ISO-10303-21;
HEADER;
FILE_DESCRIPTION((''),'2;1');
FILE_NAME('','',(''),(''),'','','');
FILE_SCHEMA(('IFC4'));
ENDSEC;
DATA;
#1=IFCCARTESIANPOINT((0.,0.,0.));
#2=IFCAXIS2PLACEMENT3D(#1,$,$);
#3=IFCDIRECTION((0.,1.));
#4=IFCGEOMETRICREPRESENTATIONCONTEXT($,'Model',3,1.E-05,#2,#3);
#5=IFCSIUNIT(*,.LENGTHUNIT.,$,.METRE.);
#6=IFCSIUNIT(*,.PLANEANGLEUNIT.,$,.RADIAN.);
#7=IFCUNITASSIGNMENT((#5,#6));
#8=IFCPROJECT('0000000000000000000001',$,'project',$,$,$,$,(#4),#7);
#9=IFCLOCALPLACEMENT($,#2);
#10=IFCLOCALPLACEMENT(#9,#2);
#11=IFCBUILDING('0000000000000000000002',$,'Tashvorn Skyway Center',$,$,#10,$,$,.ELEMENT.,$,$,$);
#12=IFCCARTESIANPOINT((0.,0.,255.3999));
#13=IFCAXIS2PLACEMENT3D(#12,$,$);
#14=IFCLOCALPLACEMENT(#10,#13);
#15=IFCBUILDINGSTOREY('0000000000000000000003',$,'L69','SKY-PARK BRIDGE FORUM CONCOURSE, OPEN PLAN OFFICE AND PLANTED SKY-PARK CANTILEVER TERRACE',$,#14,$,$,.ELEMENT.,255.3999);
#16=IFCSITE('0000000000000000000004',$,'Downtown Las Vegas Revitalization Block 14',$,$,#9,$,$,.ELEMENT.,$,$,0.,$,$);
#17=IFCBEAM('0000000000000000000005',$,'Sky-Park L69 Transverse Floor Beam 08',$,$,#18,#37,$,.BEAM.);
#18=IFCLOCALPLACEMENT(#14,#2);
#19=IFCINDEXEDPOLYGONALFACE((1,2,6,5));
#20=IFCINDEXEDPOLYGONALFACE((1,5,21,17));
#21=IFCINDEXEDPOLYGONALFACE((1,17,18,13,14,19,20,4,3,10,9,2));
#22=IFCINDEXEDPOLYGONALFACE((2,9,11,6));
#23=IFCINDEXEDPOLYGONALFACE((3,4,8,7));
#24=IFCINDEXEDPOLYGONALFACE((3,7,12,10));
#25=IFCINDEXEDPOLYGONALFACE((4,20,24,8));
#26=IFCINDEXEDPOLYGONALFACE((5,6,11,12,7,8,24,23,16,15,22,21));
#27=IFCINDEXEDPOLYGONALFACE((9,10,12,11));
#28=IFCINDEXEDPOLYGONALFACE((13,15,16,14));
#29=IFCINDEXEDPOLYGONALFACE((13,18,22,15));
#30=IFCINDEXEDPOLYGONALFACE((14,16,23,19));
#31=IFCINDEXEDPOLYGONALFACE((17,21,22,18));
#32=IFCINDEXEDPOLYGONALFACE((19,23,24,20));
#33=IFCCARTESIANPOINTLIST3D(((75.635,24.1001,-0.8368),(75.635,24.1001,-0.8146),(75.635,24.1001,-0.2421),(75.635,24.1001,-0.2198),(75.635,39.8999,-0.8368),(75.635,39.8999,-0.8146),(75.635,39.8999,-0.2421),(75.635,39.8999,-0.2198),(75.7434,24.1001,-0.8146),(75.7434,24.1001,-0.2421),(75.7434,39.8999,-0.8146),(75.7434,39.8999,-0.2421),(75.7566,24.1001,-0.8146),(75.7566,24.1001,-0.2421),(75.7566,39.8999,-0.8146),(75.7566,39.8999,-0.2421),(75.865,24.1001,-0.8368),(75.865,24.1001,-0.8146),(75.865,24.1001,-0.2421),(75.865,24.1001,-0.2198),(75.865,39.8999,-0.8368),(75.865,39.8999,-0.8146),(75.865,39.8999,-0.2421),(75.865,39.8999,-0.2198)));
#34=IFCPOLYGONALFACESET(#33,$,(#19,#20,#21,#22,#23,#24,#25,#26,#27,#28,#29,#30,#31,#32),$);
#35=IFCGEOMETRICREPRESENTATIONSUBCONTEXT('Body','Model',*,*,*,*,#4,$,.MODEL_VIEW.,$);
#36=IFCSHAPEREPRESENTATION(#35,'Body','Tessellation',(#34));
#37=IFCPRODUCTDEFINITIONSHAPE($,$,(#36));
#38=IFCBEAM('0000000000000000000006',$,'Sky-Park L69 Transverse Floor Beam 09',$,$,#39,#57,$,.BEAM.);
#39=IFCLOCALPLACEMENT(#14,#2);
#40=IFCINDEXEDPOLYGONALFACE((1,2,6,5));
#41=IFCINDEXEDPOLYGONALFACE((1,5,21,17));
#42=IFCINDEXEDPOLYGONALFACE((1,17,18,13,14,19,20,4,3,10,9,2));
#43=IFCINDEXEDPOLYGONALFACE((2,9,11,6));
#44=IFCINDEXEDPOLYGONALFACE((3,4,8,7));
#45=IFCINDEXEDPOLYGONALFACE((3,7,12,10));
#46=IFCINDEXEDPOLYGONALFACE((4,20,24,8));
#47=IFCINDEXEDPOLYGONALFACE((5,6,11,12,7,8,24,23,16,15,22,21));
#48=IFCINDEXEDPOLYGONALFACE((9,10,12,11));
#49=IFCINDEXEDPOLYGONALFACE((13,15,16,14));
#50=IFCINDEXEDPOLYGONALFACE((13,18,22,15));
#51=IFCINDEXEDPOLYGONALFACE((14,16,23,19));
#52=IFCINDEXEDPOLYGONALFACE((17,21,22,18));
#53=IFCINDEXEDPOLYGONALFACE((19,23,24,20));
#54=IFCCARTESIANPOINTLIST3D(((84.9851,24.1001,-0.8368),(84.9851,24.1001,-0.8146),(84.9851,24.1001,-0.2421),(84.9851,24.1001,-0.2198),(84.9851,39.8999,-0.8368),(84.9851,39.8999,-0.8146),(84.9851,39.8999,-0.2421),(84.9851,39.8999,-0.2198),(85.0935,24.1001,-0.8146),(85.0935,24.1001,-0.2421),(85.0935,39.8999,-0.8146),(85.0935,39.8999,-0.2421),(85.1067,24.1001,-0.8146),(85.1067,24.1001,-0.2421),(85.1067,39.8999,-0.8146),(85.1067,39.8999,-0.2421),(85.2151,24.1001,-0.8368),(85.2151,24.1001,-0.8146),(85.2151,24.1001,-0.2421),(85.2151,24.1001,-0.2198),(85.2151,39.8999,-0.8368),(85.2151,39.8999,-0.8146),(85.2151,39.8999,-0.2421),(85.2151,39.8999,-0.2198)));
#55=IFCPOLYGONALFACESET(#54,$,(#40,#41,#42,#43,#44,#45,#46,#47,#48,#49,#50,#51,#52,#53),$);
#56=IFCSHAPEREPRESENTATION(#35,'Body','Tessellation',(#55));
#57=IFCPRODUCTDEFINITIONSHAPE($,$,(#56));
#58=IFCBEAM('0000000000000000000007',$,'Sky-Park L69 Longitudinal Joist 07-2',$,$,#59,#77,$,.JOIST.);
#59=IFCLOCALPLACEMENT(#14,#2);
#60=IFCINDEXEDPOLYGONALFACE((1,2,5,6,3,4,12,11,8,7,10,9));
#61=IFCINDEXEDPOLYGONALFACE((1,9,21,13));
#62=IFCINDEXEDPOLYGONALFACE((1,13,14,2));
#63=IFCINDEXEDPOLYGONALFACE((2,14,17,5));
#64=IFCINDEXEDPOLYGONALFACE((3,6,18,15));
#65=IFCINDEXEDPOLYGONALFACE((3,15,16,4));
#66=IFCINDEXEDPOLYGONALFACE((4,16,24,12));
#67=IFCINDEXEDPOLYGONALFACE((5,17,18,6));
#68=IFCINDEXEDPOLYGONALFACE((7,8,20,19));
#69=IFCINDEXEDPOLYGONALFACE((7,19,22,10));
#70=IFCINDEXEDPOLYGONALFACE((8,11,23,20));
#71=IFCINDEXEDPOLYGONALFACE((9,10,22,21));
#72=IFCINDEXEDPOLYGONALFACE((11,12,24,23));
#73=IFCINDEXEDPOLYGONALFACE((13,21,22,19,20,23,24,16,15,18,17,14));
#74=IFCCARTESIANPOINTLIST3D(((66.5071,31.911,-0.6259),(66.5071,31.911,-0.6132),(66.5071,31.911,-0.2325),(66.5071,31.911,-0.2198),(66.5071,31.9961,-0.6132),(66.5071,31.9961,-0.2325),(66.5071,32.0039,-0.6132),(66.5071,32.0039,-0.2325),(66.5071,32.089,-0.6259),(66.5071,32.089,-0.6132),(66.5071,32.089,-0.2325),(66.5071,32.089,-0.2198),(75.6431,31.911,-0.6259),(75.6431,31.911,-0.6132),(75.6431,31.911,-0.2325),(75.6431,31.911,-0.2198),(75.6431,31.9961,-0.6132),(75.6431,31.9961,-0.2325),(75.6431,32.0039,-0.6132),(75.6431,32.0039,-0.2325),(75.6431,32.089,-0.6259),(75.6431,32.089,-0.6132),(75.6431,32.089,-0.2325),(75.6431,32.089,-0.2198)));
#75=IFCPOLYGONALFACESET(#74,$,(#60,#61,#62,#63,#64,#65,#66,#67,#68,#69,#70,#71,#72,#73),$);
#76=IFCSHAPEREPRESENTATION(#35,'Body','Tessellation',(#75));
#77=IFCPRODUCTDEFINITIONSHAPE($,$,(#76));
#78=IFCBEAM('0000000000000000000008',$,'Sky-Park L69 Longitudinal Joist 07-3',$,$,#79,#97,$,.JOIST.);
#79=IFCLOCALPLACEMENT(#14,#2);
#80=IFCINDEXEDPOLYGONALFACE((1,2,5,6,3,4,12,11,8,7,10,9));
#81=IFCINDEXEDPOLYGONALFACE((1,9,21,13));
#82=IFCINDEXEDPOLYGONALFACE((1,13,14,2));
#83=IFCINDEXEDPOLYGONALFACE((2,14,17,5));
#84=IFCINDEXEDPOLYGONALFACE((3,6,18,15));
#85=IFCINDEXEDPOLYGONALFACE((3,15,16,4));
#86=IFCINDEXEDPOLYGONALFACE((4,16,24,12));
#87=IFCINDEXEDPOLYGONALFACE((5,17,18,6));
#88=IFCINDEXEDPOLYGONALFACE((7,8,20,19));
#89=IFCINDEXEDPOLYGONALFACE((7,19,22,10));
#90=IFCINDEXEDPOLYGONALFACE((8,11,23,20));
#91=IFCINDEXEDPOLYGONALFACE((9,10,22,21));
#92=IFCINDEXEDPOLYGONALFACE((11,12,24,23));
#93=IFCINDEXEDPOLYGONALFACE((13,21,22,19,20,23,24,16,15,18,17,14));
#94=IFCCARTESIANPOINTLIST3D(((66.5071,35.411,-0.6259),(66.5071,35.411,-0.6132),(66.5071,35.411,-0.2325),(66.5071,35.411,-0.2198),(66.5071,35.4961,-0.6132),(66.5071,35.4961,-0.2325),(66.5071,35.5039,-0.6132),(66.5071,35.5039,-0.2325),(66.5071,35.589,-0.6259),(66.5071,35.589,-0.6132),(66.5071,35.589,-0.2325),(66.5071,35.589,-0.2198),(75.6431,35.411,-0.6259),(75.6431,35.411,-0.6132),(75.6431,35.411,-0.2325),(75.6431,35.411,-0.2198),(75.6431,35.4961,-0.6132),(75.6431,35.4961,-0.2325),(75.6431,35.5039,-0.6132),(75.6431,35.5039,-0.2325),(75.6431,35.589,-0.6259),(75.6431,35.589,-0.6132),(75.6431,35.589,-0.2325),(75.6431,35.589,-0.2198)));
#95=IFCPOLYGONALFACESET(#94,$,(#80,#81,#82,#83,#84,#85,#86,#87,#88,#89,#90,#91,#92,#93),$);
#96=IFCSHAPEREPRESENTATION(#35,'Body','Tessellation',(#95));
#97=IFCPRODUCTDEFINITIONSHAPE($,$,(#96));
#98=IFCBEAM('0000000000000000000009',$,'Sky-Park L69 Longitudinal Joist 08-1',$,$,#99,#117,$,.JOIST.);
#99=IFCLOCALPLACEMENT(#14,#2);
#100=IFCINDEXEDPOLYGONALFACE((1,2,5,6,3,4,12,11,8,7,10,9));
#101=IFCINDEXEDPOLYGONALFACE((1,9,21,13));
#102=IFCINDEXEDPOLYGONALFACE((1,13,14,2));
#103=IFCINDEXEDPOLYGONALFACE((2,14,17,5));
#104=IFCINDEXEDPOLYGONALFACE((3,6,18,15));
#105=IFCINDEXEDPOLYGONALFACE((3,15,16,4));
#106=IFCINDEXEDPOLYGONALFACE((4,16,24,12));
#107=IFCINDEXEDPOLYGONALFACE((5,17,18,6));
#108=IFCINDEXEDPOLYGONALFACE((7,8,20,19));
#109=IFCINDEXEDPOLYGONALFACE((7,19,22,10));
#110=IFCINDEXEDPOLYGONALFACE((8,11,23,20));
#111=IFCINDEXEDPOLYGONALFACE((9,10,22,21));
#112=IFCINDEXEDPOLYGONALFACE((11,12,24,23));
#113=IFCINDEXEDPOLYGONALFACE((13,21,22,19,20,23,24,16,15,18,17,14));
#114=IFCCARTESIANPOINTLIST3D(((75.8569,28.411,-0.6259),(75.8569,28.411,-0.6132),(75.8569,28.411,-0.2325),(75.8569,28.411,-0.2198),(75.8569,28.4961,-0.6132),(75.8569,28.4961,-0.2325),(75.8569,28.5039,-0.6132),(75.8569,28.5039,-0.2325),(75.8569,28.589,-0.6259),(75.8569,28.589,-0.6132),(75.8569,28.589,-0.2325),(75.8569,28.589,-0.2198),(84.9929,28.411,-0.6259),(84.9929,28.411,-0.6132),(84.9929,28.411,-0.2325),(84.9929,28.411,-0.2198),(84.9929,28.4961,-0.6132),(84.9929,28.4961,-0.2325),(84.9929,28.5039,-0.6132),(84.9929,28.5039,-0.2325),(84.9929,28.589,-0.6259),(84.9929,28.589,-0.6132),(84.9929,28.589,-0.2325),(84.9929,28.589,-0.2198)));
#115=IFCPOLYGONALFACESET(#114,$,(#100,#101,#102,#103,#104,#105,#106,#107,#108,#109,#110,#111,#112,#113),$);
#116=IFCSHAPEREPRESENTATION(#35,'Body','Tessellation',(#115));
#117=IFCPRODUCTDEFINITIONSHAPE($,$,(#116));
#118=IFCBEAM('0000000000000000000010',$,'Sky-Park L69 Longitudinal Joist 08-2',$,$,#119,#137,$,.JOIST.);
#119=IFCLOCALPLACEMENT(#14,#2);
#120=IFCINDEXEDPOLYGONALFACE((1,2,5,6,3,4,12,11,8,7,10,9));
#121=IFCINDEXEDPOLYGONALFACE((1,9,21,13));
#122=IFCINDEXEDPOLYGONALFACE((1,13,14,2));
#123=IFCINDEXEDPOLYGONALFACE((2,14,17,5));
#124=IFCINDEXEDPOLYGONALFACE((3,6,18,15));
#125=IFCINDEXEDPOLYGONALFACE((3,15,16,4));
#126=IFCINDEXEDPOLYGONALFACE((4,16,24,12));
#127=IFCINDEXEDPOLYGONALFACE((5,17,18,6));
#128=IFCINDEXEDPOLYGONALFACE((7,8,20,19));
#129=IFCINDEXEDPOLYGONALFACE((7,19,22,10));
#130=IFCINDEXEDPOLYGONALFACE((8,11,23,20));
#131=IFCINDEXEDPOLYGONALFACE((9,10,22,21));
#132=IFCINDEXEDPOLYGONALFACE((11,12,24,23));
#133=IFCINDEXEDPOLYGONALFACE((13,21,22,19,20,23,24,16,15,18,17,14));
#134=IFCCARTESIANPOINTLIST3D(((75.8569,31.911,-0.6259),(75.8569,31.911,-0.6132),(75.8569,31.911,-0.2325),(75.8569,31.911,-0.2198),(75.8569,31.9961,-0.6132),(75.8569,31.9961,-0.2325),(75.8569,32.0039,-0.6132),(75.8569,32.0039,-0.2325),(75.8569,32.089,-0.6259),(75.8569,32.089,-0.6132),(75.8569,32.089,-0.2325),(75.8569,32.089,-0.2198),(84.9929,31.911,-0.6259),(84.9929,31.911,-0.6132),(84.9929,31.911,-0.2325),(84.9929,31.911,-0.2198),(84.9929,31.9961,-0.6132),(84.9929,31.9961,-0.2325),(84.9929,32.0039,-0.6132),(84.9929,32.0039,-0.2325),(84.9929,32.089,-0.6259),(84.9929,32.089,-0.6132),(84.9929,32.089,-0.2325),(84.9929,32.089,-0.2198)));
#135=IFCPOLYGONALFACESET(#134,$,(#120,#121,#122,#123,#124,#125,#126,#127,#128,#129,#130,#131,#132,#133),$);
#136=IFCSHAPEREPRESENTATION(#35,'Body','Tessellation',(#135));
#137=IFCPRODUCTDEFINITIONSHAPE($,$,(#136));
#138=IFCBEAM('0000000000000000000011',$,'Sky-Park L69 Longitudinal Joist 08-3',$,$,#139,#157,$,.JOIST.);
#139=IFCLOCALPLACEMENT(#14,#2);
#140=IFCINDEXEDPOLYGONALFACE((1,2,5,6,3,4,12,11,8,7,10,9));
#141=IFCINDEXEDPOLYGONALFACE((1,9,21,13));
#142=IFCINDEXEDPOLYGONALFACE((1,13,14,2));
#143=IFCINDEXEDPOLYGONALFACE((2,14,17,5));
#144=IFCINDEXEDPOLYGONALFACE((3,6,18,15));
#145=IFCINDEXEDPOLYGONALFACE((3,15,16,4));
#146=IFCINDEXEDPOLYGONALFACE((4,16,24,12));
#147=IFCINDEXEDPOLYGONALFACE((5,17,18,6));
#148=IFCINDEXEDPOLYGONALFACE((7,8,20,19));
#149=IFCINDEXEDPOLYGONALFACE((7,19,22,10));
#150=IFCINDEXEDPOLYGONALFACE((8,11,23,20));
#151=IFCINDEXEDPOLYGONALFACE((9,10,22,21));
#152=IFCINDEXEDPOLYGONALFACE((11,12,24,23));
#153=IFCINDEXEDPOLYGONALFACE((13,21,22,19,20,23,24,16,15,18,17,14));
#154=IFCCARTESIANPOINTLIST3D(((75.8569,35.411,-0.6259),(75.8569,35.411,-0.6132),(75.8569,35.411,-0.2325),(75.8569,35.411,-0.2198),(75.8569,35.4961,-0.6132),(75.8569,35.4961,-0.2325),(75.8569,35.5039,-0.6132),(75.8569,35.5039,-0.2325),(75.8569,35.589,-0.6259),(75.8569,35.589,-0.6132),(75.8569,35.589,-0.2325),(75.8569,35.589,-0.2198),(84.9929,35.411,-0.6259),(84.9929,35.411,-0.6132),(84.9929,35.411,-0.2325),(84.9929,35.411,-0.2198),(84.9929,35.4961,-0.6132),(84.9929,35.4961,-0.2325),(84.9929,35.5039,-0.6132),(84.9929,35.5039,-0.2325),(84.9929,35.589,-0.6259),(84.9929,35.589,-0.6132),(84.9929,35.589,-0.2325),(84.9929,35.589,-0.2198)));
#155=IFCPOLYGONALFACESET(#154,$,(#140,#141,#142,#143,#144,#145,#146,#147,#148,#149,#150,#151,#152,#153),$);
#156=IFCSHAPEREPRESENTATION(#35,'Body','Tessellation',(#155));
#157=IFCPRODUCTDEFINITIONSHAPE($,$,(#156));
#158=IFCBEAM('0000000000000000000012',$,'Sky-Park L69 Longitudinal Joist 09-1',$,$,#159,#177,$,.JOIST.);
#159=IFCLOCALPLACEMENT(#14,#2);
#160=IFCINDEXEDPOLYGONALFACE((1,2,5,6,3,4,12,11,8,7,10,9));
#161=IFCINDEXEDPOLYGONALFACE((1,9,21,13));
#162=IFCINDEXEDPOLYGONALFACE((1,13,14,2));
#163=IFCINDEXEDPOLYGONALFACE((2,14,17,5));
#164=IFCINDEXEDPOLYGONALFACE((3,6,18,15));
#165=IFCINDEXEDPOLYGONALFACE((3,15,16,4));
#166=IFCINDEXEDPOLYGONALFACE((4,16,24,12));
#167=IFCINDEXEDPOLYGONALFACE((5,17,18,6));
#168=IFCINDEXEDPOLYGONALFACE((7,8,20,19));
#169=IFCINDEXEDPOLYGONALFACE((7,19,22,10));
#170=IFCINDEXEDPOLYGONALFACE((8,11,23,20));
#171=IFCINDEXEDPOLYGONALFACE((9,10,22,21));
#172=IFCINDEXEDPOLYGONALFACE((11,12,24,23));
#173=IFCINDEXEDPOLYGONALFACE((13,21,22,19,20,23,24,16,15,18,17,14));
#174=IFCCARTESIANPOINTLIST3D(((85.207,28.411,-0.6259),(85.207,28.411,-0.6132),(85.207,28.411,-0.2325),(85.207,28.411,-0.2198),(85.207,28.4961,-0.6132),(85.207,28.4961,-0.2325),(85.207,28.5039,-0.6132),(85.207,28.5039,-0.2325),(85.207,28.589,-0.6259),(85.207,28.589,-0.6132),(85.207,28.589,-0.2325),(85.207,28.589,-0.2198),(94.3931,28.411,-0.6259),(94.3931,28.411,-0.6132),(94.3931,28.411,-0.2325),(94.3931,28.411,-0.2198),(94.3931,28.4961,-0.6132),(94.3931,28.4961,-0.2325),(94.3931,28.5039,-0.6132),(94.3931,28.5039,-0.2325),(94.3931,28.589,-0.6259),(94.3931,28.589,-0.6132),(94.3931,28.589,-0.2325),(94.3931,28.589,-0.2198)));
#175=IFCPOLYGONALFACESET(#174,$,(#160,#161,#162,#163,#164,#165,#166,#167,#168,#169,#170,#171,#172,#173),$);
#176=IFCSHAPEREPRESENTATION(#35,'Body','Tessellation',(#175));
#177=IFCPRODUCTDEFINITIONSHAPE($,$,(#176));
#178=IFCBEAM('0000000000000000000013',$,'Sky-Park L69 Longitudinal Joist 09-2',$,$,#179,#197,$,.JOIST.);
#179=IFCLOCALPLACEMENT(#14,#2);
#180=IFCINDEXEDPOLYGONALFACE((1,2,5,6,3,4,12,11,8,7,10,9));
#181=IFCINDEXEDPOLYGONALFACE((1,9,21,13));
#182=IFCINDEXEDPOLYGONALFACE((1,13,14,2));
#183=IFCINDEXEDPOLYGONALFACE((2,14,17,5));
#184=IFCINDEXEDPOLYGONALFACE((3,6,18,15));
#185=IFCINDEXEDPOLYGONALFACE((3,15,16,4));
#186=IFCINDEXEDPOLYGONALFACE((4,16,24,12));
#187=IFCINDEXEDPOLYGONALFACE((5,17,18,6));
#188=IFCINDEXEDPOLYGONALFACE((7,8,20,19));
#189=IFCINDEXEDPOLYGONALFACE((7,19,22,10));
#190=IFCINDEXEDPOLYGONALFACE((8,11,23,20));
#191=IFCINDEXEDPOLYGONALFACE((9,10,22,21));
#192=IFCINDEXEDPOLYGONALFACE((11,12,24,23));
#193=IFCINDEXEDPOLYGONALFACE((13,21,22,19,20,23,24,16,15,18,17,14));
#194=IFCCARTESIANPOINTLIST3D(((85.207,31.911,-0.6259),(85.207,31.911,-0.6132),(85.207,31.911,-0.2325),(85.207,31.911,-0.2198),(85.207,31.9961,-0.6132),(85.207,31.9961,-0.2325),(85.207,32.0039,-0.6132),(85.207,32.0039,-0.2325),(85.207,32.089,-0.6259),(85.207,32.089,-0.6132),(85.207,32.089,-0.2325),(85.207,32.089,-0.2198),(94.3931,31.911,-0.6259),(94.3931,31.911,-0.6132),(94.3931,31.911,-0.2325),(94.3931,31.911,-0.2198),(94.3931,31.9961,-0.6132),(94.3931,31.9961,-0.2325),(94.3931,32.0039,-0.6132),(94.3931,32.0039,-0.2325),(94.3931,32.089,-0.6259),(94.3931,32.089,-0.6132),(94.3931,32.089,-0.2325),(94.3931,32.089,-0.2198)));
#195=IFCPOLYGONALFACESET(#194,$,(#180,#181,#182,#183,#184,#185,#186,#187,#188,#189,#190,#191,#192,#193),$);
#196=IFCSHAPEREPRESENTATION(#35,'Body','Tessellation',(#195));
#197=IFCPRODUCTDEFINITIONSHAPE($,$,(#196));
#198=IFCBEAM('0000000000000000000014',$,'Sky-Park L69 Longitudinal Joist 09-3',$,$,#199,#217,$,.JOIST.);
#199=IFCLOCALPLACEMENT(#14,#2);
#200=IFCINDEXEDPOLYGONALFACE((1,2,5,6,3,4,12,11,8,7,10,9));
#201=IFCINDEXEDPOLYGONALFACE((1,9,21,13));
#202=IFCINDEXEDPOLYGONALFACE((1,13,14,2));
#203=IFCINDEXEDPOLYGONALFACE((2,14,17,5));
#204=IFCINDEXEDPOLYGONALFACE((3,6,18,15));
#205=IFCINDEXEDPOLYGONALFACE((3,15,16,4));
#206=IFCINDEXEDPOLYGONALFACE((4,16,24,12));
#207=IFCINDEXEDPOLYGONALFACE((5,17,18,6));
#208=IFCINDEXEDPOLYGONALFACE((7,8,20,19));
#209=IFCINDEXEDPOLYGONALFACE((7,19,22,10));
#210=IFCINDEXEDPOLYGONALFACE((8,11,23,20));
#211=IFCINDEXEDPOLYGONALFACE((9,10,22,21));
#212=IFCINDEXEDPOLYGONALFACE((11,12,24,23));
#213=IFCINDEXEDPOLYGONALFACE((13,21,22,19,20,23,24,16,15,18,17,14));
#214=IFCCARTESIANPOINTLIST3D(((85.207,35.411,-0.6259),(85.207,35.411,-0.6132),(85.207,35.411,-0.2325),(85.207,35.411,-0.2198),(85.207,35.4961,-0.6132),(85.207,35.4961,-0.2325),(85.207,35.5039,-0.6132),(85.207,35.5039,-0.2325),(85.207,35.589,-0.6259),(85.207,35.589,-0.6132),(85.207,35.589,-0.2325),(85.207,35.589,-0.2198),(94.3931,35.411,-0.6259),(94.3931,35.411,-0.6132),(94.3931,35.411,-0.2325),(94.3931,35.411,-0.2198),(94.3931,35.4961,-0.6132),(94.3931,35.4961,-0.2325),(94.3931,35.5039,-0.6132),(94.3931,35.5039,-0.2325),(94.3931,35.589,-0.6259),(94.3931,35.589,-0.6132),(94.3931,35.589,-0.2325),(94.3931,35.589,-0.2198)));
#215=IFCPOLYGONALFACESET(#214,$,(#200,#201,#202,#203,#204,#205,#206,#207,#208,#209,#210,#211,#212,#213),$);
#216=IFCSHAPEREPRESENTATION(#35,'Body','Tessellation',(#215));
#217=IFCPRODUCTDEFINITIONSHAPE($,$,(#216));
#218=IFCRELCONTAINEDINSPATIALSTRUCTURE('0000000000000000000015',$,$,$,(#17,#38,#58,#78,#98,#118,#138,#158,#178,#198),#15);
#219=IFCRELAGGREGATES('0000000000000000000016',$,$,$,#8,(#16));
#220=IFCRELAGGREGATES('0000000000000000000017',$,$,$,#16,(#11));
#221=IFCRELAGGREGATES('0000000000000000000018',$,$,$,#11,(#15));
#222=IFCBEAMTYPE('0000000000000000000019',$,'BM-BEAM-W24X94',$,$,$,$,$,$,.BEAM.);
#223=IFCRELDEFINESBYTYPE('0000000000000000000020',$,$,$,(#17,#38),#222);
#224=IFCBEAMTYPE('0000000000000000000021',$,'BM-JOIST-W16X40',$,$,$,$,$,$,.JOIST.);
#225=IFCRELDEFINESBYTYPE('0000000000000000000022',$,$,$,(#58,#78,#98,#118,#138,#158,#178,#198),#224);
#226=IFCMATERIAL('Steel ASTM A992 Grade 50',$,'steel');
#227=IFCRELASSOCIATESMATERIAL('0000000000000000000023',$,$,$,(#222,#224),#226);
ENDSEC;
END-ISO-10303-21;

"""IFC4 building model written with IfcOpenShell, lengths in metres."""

from ifc_helpers import new_model, si_unit, direction, frame, origin, origin_2d, place, context, subcontext, project, spatial, i_section, extrude, material, material_profile, profile_set, type_object, element, save


model = new_model("IFC4")

# Units and contexts
model_context = context("Model", 3, precision=1e-05, world=origin(), true_north=direction((0.0, 1.0)))
body_context = subcontext(model_context, "Body", "Model", "MODEL_VIEW")
ifc_project = project(units=[si_unit("LENGTHUNIT", "METRE"), si_unit("PLANEANGLEUNIT", "RADIAN")], contexts=[model_context])

# Site, building, storey
site_placement = place(None, origin())
site = spatial("IfcSite", under=ifc_project, at=site_placement, Name="Downtown Las Vegas Revitalization Block 14", CompositionType="ELEMENT", RefElevation=0.0)
building_placement = place(site_placement, origin())
building = spatial("IfcBuilding", under=site, at=building_placement, Name="Tashvorn Skyway Center", CompositionType="ELEMENT")
storey_placement = place(building_placement, frame((0.0, 0.0, 255.3999)))
storey = spatial("IfcBuildingStorey", under=building, at=storey_placement, Name="L69", Description="SKY-PARK BRIDGE FORUM CONCOURSE, OPEN PLAN OFFICE AND PLANTED SKY-PARK CANTILEVER TERRACE", CompositionType="ELEMENT", Elevation=255.3999)

# Beams
ifc_material_1 = material(Name="Steel ASTM A992 Grade 50", Category="steel")
ifc_material_profile_1 = material_profile(ifc_material_1, i_section(OverallWidth=0.23, OverallDepth=0.6169, WebThickness=0.0132, FlangeThickness=0.0222, at=origin_2d()), Name="W24X94")
ifc_profile_set_1 = profile_set([ifc_material_profile_1], Name="Steel ASTM A992 Grade 50")
beam_type_1 = type_object("IfcBeamType", Name="BM-BEAM-W24X94", PredefinedType="BEAM", material=ifc_profile_set_1)
for number, where, z_axis, x_axis, name in (
    (1, (75.75, 24.1001, -0.5283), (0.0, 1.0, 0.0), (-1.0, 0.0, 0.0), "Sky-Park L69 Transverse Floor Beam 08"),
    (2, (85.1001, 24.1001, -0.5283), (0.0, 1.0, 0.0), (-1.0, 0.0, 0.0), "Sky-Park L69 Transverse Floor Beam 09"),
):
    element("IfcBeam", number, at=place(storey_placement, frame(where, z_axis=z_axis, x_axis=x_axis)), inside=storey, type_object=beam_type_1, Name=name, PredefinedType="BEAM", context=body_context, shape_type="SweptSolid", body=[
        extrude(i_section(OverallWidth=0.23, OverallDepth=0.6169, WebThickness=0.0132, FlangeThickness=0.0222, at=origin_2d()), origin(), (0.0, 0.0, 1.0), 15.7998),
    ])
ifc_material_profile_2 = material_profile(ifc_material_1, i_section(OverallWidth=0.178, OverallDepth=0.406, WebThickness=0.0078, FlangeThickness=0.0127, at=origin_2d()), Name="W16X40")
ifc_profile_set_2 = profile_set([ifc_material_profile_2], Name="Steel ASTM A992 Grade 50")
beam_type_2 = type_object("IfcBeamType", Name="BM-JOIST-W16X40", PredefinedType="JOIST", material=ifc_profile_set_2)
for number, where, z_axis, x_axis, name in (
    (3, (66.5071, 32.0, -0.4229), (1.0, 0.0, 0.0), (0.0, 1.0, 0.0), "Sky-Park L69 Longitudinal Joist 07-2"),
    (4, (66.5071, 35.5, -0.4229), (1.0, 0.0, 0.0), (0.0, 1.0, 0.0), "Sky-Park L69 Longitudinal Joist 07-3"),
    (5, (75.8569, 28.5, -0.4229), (1.0, 0.0, 0.0), (0.0, 1.0, 0.0), "Sky-Park L69 Longitudinal Joist 08-1"),
    (6, (75.8569, 32.0, -0.4229), (1.0, 0.0, 0.0), (0.0, 1.0, 0.0), "Sky-Park L69 Longitudinal Joist 08-2"),
    (7, (75.8569, 35.5, -0.4229), (1.0, 0.0, 0.0), (0.0, 1.0, 0.0), "Sky-Park L69 Longitudinal Joist 08-3"),
):
    element("IfcBeam", number, at=place(storey_placement, frame(where, z_axis=z_axis, x_axis=x_axis)), inside=storey, type_object=beam_type_2, Name=name, PredefinedType="JOIST", context=body_context, shape_type="SweptSolid", body=[
        extrude(i_section(OverallWidth=0.178, OverallDepth=0.406, WebThickness=0.0078, FlangeThickness=0.0127, at=origin_2d()), origin(), (0.0, 0.0, 1.0), 9.136),
    ])
for number, where, z_axis, x_axis, name in (
    (8, (85.207, 28.5, -0.4229), (1.0, 0.0, 0.0), (0.0, 1.0, 0.0), "Sky-Park L69 Longitudinal Joist 09-1"),
    (9, (85.207, 32.0, -0.4229), (1.0, 0.0, 0.0), (0.0, 1.0, 0.0), "Sky-Park L69 Longitudinal Joist 09-2"),
    (10, (85.207, 35.5, -0.4229), (1.0, 0.0, 0.0), (0.0, 1.0, 0.0), "Sky-Park L69 Longitudinal Joist 09-3"),
):
    element("IfcBeam", number, at=place(storey_placement, frame(where, z_axis=z_axis, x_axis=x_axis)), inside=storey, type_object=beam_type_2, Name=name, PredefinedType="JOIST", context=body_context, shape_type="SweptSolid", body=[
        extrude(i_section(OverallWidth=0.178, OverallDepth=0.406, WebThickness=0.0078, FlangeThickness=0.0127, at=origin_2d()), origin(), (0.0, 0.0, 1.0), 9.186),
    ])

save(model, "model.ifc")
